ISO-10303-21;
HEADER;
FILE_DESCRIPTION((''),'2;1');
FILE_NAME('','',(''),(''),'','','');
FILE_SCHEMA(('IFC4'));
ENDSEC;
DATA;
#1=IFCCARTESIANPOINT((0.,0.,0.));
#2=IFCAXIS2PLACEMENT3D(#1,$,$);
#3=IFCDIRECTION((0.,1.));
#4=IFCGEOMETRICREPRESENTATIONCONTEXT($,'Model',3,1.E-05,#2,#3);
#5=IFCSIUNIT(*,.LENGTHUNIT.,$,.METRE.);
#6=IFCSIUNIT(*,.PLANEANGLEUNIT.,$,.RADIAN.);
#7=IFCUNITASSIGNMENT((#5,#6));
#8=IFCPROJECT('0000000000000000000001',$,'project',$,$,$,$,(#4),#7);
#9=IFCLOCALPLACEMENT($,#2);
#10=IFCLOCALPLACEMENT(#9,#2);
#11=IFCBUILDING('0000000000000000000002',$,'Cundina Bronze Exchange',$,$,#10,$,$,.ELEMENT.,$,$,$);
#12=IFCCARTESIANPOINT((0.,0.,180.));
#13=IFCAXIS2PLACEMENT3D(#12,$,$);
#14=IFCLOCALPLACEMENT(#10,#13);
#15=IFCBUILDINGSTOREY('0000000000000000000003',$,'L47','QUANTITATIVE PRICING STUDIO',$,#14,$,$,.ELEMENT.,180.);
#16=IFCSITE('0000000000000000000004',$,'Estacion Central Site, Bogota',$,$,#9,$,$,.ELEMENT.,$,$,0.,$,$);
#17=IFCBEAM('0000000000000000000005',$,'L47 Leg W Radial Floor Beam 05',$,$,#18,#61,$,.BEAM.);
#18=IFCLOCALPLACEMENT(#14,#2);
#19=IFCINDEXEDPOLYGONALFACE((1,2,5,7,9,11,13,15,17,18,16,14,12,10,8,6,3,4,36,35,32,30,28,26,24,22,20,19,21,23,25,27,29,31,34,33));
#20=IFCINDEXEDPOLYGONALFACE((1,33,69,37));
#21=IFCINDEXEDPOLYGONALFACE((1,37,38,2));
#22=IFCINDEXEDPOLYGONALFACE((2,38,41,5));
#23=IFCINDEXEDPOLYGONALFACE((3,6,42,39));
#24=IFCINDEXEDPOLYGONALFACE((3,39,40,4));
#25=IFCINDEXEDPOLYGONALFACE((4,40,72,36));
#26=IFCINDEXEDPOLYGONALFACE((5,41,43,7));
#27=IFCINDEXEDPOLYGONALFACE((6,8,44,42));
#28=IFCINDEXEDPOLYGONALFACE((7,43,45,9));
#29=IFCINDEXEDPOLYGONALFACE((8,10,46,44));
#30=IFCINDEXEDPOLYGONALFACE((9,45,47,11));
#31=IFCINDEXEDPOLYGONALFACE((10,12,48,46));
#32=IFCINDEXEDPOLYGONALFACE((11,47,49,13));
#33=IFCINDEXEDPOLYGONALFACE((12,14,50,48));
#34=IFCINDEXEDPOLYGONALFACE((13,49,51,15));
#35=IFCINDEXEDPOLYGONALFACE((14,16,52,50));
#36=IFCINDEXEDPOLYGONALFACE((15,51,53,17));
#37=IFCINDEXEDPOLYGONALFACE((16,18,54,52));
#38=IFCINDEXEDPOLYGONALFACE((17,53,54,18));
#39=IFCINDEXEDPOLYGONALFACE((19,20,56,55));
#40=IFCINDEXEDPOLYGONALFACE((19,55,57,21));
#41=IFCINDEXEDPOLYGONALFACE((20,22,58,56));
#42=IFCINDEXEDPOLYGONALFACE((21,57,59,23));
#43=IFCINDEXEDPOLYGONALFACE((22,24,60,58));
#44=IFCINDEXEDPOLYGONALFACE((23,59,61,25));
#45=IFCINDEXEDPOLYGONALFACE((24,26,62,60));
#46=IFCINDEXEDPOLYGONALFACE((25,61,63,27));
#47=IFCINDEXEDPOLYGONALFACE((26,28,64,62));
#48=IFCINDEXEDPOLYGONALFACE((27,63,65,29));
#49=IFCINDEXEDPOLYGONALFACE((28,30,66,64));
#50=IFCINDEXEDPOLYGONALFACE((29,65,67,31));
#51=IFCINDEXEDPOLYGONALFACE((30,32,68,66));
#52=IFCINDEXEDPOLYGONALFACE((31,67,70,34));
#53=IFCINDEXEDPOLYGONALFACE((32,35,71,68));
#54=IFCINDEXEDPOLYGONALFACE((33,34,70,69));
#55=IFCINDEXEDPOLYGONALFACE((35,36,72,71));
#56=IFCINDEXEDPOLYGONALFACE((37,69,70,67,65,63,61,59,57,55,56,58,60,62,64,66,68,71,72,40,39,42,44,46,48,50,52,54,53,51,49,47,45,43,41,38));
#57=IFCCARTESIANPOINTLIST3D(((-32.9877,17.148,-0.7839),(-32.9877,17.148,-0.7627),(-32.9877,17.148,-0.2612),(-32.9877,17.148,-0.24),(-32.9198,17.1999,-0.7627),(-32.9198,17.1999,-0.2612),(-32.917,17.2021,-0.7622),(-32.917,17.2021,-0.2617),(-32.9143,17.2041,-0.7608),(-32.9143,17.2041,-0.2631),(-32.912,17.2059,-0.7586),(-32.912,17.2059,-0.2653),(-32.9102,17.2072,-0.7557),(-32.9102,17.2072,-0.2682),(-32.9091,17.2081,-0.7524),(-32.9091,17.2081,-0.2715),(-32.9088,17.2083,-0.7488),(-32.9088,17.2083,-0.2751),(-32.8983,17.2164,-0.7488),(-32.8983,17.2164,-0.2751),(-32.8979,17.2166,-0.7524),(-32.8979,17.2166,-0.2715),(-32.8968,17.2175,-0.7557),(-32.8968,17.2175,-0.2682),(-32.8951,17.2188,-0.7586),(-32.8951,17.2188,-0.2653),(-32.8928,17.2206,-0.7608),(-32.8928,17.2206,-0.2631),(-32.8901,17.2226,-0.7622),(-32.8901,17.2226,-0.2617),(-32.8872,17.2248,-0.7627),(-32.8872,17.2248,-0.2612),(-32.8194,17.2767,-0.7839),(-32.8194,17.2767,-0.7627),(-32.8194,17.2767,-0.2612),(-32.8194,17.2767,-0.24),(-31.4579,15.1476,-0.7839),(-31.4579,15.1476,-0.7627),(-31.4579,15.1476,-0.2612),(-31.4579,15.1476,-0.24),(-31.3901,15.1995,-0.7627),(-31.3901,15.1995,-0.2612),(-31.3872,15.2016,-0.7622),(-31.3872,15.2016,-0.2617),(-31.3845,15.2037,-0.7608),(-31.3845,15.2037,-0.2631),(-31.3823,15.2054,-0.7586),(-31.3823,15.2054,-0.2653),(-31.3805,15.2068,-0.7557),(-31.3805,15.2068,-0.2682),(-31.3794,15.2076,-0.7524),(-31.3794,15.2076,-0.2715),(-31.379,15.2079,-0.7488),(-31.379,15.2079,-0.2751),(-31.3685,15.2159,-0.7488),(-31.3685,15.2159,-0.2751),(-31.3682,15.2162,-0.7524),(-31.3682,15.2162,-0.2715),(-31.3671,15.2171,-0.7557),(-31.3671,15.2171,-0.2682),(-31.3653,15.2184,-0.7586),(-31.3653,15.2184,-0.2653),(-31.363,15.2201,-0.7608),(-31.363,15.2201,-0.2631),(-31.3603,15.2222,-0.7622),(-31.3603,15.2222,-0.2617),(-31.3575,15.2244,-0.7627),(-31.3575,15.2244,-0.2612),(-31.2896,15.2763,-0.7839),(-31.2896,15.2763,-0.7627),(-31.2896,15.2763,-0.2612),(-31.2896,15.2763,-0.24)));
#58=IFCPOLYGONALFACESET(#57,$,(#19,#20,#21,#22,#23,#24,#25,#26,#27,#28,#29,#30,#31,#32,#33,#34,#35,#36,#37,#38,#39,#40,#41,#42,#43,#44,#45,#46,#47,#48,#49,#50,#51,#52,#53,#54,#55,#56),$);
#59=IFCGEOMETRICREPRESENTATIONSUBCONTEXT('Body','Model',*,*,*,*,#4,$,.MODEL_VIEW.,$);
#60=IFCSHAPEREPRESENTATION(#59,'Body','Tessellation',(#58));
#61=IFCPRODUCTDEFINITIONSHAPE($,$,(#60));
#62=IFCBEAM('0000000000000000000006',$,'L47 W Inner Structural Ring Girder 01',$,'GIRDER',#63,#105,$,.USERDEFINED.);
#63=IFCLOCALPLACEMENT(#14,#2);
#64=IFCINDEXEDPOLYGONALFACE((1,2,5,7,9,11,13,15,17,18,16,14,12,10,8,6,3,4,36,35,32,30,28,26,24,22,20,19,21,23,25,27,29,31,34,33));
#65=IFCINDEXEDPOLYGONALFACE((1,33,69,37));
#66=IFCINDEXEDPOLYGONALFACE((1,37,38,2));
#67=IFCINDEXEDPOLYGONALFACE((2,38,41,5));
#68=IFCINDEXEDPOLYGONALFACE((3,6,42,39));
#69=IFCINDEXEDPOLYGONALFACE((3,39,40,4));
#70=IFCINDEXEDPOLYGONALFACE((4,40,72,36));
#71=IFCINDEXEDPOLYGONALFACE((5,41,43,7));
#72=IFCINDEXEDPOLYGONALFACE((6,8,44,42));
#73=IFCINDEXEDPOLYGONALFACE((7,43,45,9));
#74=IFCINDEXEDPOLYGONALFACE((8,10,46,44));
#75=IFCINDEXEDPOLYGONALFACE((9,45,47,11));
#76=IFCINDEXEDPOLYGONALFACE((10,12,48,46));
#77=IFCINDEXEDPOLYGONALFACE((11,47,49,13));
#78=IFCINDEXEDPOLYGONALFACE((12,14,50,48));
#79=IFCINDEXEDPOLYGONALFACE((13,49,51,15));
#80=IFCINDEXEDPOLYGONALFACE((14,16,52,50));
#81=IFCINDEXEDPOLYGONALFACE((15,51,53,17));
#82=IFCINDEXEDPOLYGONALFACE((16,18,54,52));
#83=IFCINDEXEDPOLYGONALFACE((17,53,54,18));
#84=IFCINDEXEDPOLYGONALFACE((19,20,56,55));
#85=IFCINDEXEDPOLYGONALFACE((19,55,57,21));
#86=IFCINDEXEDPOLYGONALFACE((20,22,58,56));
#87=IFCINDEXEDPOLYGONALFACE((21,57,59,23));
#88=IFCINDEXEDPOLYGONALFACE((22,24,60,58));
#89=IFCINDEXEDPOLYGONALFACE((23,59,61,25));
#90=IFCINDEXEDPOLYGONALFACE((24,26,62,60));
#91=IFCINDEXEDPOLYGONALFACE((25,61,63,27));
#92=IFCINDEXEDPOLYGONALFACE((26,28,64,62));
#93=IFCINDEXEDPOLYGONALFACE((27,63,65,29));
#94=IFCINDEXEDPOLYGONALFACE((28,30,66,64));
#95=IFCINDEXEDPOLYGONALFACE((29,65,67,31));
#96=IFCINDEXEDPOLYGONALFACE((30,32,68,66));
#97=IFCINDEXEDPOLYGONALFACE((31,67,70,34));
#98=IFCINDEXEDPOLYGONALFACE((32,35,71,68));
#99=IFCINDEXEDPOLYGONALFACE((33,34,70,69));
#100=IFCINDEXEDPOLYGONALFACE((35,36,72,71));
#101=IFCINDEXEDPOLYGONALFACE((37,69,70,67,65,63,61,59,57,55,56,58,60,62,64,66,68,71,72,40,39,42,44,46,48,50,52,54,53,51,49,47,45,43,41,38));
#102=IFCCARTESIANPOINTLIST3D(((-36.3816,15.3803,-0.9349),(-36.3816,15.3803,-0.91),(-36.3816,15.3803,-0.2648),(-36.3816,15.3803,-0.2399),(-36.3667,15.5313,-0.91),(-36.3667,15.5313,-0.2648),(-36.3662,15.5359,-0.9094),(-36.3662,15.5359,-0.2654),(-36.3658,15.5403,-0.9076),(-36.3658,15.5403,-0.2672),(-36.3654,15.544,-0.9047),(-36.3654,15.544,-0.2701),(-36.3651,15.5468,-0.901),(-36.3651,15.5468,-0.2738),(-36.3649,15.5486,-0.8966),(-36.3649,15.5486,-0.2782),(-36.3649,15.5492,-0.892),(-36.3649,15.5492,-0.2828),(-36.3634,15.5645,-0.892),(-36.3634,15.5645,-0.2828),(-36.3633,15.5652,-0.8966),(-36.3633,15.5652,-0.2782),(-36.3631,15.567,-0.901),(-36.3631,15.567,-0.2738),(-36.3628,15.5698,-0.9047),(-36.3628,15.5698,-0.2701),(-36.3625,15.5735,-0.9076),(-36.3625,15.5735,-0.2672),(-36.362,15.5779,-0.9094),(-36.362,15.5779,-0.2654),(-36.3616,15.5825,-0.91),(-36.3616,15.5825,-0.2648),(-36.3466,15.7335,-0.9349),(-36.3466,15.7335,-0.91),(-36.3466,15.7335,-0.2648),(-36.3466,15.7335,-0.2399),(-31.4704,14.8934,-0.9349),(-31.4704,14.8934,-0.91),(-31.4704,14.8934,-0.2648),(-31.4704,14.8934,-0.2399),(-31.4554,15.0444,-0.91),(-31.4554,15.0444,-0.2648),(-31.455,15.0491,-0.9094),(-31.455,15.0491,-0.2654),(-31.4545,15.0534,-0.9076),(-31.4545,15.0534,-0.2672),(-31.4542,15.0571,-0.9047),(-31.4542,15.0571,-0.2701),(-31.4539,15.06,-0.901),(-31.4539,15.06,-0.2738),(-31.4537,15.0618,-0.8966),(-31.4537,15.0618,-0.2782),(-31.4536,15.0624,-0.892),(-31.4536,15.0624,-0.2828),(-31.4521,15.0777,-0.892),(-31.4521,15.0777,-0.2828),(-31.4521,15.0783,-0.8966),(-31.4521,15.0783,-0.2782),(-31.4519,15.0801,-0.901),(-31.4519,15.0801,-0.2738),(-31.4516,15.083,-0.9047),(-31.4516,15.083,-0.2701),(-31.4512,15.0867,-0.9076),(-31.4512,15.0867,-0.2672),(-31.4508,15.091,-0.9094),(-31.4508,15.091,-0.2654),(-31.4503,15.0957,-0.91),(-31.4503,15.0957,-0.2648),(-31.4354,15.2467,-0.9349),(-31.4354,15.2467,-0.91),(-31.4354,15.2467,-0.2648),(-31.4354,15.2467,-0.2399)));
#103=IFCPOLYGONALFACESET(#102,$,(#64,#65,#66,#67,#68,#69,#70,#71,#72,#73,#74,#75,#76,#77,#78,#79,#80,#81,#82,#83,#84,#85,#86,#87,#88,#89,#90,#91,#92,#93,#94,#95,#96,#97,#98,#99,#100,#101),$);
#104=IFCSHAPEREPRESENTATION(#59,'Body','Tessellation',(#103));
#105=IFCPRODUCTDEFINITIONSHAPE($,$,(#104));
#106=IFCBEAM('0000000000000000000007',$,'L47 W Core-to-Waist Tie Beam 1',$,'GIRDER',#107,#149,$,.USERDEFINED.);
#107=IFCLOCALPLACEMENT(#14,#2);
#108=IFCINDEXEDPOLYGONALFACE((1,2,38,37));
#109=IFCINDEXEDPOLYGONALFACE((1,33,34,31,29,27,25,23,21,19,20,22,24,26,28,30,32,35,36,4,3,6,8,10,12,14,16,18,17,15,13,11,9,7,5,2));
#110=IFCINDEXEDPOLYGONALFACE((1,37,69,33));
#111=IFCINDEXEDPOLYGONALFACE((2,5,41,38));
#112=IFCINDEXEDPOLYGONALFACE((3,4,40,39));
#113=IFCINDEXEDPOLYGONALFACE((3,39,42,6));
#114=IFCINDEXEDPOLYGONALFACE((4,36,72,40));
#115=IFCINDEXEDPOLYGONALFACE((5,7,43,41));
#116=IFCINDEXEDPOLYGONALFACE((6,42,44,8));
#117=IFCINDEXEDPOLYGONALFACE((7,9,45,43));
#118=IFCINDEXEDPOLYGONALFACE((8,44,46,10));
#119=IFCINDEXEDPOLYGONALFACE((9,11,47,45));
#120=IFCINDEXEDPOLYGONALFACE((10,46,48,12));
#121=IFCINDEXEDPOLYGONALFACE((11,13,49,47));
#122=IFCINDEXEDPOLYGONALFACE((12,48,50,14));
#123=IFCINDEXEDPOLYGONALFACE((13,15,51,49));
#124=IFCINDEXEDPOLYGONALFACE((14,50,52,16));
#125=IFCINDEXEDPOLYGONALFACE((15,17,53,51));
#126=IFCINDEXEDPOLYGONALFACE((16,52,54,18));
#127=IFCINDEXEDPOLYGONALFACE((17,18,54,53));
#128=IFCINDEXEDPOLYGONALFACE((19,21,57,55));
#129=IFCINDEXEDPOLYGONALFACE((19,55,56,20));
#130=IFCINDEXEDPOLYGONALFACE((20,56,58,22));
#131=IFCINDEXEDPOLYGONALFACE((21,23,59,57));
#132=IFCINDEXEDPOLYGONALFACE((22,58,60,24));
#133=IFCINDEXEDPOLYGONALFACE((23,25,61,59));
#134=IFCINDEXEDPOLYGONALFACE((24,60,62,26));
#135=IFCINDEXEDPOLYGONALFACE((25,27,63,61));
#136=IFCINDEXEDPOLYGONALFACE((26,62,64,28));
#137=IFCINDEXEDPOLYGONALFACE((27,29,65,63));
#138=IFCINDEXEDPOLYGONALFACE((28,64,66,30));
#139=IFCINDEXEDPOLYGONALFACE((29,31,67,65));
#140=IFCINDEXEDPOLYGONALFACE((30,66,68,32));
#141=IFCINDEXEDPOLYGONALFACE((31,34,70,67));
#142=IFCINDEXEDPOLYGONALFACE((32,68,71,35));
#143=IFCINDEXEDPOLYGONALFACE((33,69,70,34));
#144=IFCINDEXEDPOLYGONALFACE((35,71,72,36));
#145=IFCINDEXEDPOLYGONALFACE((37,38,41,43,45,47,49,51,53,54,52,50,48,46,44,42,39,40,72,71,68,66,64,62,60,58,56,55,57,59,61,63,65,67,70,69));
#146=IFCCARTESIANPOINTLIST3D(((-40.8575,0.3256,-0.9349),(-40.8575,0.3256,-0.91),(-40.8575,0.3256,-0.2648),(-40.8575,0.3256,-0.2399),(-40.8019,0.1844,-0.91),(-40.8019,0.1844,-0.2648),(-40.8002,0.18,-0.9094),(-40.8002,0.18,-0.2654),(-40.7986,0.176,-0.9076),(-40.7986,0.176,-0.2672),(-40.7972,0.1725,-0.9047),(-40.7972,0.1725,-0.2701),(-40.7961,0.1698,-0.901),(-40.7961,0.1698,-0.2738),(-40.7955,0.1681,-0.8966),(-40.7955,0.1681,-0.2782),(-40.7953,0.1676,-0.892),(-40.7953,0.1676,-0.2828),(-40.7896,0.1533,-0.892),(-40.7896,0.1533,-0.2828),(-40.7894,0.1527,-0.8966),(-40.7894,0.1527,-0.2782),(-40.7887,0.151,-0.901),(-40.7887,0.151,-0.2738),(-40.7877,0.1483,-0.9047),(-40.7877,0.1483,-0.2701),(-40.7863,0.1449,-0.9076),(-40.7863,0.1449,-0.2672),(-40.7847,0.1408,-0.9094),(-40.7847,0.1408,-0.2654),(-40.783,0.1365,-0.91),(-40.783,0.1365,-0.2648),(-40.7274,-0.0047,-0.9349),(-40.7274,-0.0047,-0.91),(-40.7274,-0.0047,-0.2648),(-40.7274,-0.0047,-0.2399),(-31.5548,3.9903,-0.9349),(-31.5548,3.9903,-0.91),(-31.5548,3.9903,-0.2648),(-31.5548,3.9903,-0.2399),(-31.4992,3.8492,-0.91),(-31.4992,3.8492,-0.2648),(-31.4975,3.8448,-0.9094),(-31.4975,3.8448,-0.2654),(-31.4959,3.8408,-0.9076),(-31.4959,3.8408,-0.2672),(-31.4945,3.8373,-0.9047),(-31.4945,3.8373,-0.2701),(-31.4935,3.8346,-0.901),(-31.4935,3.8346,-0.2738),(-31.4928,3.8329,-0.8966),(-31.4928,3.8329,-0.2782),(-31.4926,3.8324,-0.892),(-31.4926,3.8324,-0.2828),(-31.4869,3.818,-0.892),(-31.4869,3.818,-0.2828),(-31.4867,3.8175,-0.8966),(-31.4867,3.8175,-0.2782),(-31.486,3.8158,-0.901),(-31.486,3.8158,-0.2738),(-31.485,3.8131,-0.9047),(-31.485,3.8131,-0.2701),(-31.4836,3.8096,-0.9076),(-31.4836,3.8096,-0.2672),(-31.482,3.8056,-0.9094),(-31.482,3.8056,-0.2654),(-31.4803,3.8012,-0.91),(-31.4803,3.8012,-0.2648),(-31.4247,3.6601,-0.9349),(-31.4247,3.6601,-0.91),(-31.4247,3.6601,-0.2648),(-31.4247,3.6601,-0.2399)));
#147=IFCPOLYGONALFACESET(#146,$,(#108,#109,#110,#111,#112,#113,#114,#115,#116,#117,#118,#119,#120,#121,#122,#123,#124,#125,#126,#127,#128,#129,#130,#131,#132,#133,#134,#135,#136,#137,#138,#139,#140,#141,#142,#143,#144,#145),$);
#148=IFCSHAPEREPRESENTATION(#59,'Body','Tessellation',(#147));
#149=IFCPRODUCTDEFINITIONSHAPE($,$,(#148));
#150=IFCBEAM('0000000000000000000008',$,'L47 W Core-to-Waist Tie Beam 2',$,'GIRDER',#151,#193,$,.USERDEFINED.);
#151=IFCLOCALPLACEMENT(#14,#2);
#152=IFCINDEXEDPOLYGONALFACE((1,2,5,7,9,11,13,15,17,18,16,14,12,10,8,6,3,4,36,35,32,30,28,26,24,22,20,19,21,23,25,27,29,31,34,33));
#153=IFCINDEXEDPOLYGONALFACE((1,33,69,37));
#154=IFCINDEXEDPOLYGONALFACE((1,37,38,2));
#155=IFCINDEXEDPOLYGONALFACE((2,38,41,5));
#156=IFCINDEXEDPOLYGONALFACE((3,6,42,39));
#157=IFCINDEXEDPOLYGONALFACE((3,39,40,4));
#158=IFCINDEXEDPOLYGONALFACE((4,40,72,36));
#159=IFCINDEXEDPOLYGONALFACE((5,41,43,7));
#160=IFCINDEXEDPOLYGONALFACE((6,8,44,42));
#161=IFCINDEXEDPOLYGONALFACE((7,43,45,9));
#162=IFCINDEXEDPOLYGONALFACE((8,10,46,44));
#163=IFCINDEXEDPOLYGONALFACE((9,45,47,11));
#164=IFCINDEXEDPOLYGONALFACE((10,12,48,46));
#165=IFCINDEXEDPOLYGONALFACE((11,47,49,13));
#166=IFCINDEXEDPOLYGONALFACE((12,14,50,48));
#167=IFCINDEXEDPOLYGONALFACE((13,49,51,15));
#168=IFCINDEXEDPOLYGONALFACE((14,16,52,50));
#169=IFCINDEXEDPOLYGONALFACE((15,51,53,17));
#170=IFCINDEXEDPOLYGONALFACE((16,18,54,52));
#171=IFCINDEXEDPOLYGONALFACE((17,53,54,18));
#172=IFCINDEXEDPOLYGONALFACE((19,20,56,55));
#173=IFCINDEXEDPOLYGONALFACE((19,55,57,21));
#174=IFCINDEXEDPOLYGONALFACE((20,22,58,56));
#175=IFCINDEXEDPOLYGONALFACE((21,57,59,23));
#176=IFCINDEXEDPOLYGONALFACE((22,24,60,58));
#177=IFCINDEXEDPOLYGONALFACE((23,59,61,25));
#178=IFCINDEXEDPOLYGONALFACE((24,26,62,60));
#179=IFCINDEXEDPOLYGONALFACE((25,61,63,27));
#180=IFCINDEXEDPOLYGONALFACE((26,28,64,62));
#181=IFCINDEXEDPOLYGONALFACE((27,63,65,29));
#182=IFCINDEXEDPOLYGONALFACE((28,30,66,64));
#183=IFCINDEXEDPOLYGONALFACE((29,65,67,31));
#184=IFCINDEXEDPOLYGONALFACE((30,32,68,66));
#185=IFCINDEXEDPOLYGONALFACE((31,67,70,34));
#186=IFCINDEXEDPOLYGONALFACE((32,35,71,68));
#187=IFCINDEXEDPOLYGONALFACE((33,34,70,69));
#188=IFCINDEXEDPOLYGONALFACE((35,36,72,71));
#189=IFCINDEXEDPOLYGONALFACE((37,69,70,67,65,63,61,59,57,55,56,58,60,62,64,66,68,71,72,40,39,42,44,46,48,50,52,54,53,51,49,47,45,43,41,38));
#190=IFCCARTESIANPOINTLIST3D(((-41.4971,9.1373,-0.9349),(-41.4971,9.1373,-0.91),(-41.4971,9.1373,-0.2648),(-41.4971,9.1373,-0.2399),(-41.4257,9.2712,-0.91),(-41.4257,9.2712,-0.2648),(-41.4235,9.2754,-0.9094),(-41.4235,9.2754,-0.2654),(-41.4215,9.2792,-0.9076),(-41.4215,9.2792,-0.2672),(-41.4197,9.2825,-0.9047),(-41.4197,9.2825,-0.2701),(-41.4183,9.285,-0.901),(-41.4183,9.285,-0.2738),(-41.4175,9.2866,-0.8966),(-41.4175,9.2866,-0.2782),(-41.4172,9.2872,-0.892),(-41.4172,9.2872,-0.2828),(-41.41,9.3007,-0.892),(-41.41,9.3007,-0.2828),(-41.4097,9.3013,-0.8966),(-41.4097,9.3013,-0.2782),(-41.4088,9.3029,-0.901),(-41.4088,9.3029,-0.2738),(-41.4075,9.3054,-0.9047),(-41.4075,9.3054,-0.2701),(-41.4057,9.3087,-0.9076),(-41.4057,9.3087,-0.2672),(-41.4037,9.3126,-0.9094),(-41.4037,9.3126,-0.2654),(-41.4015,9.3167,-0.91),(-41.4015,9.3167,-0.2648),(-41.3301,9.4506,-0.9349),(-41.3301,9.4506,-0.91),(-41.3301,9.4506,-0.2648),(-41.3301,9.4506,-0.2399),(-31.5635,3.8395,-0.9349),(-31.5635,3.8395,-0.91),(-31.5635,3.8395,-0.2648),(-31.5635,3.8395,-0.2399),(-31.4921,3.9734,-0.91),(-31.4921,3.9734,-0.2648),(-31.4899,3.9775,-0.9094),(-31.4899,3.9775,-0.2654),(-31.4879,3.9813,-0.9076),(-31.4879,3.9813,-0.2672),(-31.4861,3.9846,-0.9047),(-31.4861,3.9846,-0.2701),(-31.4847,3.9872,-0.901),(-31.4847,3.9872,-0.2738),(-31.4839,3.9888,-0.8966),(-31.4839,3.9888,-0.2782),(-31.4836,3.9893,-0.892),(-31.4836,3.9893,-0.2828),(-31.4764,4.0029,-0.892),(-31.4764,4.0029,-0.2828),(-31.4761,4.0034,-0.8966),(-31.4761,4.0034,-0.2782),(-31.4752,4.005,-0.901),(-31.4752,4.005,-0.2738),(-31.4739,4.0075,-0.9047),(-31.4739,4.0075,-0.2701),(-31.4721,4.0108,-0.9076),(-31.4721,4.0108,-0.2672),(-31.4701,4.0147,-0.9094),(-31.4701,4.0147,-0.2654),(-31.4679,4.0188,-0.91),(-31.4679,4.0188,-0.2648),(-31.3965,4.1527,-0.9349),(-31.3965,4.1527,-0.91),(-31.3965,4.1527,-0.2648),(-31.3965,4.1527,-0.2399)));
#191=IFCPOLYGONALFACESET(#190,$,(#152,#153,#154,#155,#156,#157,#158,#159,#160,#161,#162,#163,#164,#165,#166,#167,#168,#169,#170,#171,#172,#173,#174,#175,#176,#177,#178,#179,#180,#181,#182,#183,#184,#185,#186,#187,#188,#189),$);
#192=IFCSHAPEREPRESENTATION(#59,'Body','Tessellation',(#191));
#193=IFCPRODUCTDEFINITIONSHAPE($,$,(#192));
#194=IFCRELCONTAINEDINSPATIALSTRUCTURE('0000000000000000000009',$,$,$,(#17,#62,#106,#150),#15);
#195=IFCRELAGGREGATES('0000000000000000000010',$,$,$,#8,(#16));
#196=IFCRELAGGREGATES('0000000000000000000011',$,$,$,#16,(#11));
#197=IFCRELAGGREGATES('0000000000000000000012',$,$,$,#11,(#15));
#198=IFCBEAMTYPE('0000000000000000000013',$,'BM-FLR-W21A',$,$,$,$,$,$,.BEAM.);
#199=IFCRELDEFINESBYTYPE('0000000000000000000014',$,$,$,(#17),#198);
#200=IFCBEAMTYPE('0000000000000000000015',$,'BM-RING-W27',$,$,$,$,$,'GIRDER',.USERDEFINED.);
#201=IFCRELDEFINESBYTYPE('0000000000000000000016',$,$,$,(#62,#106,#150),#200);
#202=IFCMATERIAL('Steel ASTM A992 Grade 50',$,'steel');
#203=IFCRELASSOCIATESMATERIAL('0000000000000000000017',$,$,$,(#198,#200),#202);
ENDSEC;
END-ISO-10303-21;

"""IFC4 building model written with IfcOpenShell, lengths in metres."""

from ifc_helpers import new_model, si_unit, direction, frame, origin, origin_2d, place, context, subcontext, project, spatial, i_section, extrude, material, material_profile, profile_set, type_object, element, save


model = new_model("IFC4")

# Units and contexts
model_context = context("Model", 3, precision=1e-05, world=origin(), true_north=direction((0.0, 1.0)))
body_context = subcontext(model_context, "Body", "Model", "MODEL_VIEW")
ifc_project = project(units=[si_unit("LENGTHUNIT", "METRE"), si_unit("PLANEANGLEUNIT", "RADIAN")], contexts=[model_context])

# Site, building, storey
site_placement = place(None, origin())
site = spatial("IfcSite", under=ifc_project, at=site_placement, Name="Estacion Central Site, Bogota", CompositionType="ELEMENT", RefElevation=0.0)
building_placement = place(site_placement, origin())
building = spatial("IfcBuilding", under=site, at=building_placement, Name="Cundina Bronze Exchange", CompositionType="ELEMENT")
storey_placement = place(building_placement, frame((0.0, 0.0, 180.0)))
storey = spatial("IfcBuildingStorey", under=building, at=storey_placement, Name="L47", Description="QUANTITATIVE PRICING STUDIO", CompositionType="ELEMENT", Elevation=180.0)

# Shared definitions
ifc_material_1 = material(Name="Steel ASTM A992 Grade 50", Category="steel")

# Beams
ifc_material_profile_1 = material_profile(ifc_material_1, i_section(OverallWidth=0.2119, OverallDepth=0.5439, WebThickness=0.0132, FlangeThickness=0.0212, FilletRadius=0.0139, at=origin_2d()), Name="W21X83", Category="steel")
ifc_profile_set_1 = profile_set([ifc_material_profile_1], Name="Steel ASTM A992 Grade 50")
beam_type_1 = type_object("IfcBeamType", Name="BM-FLR-W21A", PredefinedType="BEAM", material=ifc_profile_set_1)
beam_1_placement = place(storey_placement, frame((-31.3738, 15.2119, -0.512), z_axis=(-0.60745, 0.794358, 0.0), x_axis=(-0.794358, -0.60745, 0.0)))
element("IfcBeam", 1, at=beam_1_placement, inside=storey, type_object=beam_type_1, Name="L47 Leg W Radial Floor Beam 05", PredefinedType="BEAM", context=body_context, shape_type="SweptSolid", body=[
    extrude(i_section(OverallWidth=0.2119, OverallDepth=0.5439, WebThickness=0.0132, FlangeThickness=0.0212, FilletRadius=0.0139, at=origin_2d()), origin(), (0.0, 0.0, 1.0), 2.5183),
])
ifc_material_profile_2 = material_profile(ifc_material_1, i_section(OverallWidth=0.355, OverallDepth=0.6951, WebThickness=0.0154, FlangeThickness=0.0249, FilletRadius=0.0181, at=origin_2d()), Name="W27X146", Category="steel")
ifc_profile_set_2 = profile_set([ifc_material_profile_2], Name="Steel ASTM A992 Grade 50")
beam_type_2 = type_object("IfcBeamType", Name="BM-RING-W27", ElementType="GIRDER", PredefinedType="USERDEFINED", material=ifc_profile_set_2)
beam_2_placement = place(storey_placement, frame((-31.4529, 15.0701, -0.5874), z_axis=(-0.995123, 0.098642, 0.0), x_axis=(-0.098642, -0.995123, 0.0)))
element("IfcBeam", 2, at=beam_2_placement, inside=storey, type_object=beam_type_2, Name="L47 W Inner Structural Ring Girder 01", ObjectType="GIRDER", PredefinedType="USERDEFINED", context=body_context, shape_type="SweptSolid", body=[
    extrude(i_section(OverallWidth=0.355, OverallDepth=0.6951, WebThickness=0.0154, FlangeThickness=0.0249, FilletRadius=0.0181, at=origin_2d()), origin(), (0.0, 0.0, 1.0), 4.9353),
])
beam_3_placement = place(storey_placement, frame((-31.4897, 3.8252, -0.5874), z_axis=(-0.930406, -0.366532, 0.0), x_axis=(0.366532, -0.930406, 0.0)))
element("IfcBeam", 3, at=beam_3_placement, inside=storey, type_object=beam_type_2, Name="L47 W Core-to-Waist Tie Beam 1", ObjectType="GIRDER", PredefinedType="USERDEFINED", context=body_context, shape_type="SweptSolid", body=[
    extrude(i_section(OverallWidth=0.355, OverallDepth=0.6951, WebThickness=0.0154, FlangeThickness=0.0249, FilletRadius=0.0181, at=origin_2d()), origin(), (0.0, 0.0, 1.0), 9.9985),
])
beam_4_placement = place(storey_placement, frame((-31.48, 3.9961, -0.5874), z_axis=(-0.882355, 0.470584, 0.0), x_axis=(-0.470584, -0.882355, 0.0)))
element("IfcBeam", 4, at=beam_4_placement, inside=storey, type_object=beam_type_2, Name="L47 W Core-to-Waist Tie Beam 2", ObjectType="GIRDER", PredefinedType="USERDEFINED", context=body_context, shape_type="SweptSolid", body=[
    extrude(i_section(OverallWidth=0.355, OverallDepth=0.6951, WebThickness=0.0154, FlangeThickness=0.0249, FilletRadius=0.0181, at=origin_2d()), origin(), (0.0, 0.0, 1.0), 11.2581),
])

save(model, "model.ifc")
